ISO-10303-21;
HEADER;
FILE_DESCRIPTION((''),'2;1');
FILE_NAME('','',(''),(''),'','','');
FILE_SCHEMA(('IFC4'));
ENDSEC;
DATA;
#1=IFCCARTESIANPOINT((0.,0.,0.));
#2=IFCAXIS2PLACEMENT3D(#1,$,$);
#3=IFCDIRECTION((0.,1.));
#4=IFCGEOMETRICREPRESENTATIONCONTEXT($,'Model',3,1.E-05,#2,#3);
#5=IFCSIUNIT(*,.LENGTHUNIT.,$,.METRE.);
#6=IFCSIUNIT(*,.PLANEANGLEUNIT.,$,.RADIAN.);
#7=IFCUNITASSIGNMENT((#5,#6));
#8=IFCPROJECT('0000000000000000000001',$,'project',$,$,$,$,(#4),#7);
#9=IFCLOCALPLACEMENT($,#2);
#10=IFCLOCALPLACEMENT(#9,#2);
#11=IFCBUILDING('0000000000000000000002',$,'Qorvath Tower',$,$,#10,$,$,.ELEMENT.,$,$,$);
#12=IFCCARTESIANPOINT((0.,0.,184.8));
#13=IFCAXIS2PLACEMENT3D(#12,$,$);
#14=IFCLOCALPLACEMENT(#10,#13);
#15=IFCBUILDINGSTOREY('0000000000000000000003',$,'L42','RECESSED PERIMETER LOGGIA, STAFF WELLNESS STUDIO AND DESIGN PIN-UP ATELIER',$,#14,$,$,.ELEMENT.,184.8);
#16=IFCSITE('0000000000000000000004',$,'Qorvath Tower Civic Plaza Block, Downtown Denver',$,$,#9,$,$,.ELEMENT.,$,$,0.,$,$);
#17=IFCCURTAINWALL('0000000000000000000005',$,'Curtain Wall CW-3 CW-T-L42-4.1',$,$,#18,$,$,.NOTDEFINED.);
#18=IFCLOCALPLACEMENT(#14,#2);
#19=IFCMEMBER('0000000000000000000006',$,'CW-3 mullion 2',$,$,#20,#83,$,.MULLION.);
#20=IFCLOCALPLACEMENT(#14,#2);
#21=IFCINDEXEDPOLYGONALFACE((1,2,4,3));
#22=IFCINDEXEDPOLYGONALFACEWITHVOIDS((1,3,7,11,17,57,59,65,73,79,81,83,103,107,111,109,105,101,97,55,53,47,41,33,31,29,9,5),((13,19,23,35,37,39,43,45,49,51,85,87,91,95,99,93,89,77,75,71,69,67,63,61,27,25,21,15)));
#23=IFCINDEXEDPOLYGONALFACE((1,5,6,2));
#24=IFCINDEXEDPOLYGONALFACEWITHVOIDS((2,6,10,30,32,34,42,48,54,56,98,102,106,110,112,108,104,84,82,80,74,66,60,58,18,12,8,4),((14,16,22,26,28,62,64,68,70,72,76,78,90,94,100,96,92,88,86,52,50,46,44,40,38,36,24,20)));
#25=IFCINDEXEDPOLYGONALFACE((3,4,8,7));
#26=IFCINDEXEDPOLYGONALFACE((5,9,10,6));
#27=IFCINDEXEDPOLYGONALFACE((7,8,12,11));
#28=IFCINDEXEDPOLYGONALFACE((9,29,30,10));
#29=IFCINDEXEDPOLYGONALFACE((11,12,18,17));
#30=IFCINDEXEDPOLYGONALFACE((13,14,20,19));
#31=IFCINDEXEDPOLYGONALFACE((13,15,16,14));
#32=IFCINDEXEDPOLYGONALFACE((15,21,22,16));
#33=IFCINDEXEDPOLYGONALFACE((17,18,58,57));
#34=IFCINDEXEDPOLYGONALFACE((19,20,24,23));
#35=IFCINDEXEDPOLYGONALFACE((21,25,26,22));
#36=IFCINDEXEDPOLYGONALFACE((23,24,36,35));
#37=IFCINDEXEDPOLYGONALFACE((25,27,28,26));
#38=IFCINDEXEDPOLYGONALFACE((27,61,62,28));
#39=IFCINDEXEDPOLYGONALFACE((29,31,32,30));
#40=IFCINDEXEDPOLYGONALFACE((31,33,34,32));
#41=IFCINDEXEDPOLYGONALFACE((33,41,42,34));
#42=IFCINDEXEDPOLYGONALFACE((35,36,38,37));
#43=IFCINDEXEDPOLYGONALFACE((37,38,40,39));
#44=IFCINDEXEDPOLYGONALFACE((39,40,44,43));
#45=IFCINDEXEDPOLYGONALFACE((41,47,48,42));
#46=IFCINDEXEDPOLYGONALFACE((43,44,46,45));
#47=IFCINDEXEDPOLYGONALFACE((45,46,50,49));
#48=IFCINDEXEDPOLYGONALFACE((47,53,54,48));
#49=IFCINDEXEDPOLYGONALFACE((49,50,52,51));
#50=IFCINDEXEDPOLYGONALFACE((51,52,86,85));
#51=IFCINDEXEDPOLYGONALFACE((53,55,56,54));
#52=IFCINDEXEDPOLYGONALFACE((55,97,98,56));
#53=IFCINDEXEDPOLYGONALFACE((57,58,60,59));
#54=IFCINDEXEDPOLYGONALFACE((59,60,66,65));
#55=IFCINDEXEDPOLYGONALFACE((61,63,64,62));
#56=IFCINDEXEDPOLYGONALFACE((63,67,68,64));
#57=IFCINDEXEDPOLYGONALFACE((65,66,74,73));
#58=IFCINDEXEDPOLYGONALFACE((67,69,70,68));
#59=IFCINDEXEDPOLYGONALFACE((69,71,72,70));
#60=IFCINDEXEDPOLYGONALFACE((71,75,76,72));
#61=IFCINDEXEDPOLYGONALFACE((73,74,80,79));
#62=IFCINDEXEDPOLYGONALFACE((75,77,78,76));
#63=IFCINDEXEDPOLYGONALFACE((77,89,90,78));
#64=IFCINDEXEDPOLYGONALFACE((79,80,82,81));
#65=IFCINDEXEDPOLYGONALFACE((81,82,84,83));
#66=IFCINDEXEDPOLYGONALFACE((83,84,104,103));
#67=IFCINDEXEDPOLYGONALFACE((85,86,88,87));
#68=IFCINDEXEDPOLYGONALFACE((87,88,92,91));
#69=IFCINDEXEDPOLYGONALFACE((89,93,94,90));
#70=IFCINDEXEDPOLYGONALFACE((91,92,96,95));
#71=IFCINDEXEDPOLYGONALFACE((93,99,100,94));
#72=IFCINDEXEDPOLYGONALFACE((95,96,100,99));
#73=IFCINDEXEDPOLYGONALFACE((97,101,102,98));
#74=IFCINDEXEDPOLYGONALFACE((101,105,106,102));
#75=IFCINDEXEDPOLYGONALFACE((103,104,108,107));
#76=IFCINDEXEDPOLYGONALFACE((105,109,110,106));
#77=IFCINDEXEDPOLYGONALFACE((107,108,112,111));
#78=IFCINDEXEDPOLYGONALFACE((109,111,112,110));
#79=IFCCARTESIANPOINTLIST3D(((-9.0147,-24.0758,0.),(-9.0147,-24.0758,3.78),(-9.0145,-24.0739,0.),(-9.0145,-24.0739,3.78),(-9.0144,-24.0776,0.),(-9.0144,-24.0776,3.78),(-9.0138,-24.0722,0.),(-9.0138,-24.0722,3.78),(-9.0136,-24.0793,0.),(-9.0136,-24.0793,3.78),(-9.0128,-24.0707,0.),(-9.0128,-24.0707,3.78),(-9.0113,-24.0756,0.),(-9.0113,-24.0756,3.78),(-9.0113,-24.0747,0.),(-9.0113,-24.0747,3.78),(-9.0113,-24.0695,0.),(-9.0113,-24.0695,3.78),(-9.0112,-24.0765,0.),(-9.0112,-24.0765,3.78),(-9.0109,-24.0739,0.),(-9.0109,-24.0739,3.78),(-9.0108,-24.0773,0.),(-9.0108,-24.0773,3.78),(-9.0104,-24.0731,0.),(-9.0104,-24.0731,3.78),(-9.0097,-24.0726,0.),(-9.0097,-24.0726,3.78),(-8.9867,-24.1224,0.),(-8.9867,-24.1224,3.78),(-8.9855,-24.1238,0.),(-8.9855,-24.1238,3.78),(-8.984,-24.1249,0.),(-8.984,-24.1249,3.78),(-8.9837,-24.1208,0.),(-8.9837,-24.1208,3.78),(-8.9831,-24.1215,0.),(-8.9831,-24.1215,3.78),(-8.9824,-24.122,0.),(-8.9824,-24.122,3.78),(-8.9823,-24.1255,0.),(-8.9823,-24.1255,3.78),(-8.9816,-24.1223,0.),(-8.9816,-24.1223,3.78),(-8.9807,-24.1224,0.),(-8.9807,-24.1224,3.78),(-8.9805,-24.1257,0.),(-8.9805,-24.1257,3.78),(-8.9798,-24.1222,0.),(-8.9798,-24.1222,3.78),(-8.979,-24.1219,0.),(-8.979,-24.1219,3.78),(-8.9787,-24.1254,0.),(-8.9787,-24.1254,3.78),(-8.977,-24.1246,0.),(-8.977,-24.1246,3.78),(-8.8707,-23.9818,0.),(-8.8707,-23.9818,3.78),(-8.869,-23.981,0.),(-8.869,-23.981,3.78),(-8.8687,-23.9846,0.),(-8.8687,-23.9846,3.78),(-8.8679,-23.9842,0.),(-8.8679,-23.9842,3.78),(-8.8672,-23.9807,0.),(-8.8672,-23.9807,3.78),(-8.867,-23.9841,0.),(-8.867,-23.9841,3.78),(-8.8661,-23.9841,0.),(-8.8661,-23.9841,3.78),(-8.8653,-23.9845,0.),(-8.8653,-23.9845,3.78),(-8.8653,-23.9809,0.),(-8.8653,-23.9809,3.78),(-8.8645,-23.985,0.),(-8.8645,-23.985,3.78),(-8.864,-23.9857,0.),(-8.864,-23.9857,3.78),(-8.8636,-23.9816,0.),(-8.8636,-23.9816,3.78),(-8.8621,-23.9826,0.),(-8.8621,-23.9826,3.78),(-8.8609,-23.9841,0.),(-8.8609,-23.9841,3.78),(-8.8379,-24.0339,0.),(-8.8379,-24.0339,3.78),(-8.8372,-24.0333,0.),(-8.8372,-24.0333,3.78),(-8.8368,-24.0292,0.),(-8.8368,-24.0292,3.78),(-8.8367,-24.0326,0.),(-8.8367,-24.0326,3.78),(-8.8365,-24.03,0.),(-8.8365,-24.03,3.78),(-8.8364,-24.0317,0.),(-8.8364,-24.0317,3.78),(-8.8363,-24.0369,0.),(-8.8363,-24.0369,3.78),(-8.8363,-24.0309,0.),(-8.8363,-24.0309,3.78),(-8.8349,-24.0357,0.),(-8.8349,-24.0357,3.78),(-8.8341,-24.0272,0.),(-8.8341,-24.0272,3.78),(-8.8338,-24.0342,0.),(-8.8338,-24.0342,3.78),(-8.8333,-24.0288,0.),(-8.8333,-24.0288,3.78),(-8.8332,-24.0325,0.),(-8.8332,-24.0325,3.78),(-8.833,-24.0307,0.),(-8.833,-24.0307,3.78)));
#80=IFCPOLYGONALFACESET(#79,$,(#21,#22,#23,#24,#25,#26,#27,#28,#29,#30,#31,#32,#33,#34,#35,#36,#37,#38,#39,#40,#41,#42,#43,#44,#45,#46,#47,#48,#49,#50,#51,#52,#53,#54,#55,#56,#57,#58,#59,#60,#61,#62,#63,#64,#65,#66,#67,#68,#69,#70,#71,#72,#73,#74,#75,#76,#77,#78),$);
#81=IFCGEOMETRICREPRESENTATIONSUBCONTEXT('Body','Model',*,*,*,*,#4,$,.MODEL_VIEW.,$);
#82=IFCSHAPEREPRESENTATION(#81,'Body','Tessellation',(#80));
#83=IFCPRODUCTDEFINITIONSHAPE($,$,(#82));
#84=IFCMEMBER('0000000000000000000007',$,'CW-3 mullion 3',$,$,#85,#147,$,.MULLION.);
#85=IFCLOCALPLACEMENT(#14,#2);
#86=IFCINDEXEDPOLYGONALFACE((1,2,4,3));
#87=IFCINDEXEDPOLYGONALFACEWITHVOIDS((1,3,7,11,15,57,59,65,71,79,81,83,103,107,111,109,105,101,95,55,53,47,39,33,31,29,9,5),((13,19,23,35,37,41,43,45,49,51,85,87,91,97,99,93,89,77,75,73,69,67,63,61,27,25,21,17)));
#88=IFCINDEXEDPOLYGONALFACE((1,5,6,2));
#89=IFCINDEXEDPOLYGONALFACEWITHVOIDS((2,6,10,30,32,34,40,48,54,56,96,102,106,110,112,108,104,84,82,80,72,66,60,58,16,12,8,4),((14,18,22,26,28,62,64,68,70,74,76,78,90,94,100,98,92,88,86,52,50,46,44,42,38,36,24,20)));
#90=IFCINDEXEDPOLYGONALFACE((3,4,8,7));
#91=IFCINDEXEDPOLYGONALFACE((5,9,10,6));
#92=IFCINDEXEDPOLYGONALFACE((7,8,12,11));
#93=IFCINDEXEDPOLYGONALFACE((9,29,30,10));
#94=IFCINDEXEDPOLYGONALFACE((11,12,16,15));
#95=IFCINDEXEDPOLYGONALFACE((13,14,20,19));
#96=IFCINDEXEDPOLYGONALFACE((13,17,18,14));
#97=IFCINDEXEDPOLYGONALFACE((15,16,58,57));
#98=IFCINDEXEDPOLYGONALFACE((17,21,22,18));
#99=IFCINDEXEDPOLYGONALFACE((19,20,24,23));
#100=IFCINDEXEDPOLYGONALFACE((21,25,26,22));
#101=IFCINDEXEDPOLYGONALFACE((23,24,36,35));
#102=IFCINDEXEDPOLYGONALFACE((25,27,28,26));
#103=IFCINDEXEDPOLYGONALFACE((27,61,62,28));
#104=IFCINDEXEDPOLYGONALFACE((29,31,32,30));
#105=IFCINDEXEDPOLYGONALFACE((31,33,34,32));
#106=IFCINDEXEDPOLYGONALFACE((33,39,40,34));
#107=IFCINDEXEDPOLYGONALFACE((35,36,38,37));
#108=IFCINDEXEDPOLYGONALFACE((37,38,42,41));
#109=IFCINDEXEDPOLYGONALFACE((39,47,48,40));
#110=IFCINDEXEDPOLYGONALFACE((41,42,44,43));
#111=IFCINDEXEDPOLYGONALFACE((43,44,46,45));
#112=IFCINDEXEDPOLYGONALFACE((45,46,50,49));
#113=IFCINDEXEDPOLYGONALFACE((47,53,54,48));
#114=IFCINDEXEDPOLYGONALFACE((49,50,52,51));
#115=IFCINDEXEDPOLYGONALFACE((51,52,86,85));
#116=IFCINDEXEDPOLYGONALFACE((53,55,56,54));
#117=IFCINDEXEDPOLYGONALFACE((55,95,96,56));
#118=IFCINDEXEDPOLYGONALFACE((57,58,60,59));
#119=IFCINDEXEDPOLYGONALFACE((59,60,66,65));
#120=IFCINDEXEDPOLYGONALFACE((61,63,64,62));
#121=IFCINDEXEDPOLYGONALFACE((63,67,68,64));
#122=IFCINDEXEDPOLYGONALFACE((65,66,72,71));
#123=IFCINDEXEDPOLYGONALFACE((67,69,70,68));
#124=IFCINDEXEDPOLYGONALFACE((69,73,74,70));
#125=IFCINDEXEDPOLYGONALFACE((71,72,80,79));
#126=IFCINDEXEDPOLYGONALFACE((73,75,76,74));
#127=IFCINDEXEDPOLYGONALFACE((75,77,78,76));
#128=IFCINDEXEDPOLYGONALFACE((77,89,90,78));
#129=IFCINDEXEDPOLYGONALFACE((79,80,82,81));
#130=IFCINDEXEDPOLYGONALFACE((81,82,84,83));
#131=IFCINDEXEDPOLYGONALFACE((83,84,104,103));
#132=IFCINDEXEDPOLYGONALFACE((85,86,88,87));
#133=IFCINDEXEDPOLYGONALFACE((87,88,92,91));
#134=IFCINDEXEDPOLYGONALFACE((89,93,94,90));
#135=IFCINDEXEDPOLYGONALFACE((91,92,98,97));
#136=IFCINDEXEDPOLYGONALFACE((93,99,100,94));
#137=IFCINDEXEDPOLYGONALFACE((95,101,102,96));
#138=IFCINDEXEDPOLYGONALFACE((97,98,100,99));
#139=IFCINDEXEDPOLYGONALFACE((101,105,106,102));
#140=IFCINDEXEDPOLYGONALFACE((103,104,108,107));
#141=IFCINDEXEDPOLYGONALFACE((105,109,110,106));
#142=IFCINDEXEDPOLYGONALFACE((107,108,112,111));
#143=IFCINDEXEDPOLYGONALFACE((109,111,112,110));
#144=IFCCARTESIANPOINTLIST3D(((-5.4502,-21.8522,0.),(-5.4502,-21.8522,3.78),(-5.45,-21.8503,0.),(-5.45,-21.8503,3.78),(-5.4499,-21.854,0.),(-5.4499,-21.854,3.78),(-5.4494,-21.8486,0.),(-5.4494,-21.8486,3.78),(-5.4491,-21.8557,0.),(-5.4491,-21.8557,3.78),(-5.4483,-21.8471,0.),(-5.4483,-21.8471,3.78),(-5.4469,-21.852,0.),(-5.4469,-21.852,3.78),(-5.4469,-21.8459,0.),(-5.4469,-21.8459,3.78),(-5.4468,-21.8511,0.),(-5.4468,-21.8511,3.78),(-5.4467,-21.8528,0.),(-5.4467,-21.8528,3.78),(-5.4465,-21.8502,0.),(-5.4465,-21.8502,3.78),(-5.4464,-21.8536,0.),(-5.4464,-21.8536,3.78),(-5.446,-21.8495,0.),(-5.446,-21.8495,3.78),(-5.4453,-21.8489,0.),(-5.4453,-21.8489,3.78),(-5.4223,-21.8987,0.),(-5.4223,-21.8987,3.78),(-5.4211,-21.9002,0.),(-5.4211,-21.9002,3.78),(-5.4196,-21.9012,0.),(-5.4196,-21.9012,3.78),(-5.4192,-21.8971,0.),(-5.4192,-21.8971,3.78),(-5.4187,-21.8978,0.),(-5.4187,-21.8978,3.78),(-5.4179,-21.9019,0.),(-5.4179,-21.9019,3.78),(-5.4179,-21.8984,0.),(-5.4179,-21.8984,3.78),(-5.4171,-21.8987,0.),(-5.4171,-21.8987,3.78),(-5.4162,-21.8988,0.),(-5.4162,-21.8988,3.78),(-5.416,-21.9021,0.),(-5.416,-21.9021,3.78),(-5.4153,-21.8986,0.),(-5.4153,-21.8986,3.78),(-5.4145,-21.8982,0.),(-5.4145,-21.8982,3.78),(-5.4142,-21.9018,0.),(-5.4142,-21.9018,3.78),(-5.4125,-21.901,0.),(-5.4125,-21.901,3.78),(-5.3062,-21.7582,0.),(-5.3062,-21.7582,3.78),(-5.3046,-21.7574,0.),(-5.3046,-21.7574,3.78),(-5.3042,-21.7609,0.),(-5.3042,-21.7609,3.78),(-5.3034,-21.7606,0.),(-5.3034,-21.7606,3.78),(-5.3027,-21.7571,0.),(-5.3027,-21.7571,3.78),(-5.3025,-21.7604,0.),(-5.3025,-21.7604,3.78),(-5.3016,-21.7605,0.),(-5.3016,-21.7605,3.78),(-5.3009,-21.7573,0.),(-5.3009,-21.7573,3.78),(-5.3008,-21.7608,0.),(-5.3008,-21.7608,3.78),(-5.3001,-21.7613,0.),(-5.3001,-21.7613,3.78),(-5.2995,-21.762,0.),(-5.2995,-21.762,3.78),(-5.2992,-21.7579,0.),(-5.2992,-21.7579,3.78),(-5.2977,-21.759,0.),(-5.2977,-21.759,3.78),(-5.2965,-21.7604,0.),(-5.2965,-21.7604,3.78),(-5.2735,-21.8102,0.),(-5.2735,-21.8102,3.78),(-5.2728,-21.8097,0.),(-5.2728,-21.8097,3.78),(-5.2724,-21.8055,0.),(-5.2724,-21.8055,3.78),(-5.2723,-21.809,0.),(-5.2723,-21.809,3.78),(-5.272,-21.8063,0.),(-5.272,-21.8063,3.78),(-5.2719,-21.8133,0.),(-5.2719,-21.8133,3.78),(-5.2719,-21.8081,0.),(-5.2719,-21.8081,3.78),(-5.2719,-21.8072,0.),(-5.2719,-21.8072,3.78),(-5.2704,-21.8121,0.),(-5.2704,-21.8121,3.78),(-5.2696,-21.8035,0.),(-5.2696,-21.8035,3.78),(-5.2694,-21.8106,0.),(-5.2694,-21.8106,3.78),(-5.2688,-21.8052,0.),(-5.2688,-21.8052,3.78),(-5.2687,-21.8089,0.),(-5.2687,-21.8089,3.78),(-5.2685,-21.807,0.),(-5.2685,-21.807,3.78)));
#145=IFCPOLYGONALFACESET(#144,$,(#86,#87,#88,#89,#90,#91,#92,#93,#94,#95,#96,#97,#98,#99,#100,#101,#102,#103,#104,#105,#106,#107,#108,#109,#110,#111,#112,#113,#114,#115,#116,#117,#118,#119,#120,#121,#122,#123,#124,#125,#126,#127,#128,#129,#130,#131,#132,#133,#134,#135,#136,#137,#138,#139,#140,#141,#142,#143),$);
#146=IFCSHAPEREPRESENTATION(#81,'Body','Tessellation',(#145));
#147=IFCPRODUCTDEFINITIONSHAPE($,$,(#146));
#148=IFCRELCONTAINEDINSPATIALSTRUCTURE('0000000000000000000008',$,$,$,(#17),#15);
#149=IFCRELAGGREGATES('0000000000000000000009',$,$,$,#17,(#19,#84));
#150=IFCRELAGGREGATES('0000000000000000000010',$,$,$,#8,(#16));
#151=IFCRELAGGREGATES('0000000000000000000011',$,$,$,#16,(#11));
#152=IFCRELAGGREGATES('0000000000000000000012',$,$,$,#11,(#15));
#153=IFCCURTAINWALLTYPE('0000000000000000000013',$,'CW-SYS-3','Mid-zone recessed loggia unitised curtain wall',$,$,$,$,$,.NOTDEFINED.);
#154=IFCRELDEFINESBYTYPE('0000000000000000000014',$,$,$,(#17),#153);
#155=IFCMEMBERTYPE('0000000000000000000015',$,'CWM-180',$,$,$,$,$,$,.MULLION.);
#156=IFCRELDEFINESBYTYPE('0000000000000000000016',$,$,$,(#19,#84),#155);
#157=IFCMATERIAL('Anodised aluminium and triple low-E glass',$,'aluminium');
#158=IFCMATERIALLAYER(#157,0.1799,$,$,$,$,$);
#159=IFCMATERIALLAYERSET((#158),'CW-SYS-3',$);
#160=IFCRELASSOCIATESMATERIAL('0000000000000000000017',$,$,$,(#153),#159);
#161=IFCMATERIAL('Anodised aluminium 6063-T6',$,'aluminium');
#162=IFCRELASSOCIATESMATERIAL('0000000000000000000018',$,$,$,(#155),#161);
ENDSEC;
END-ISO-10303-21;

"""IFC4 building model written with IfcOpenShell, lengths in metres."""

from ifc_helpers import new_model, si_unit, direction, frame, origin, origin_2d, place, context, subcontext, project, spatial, hollow_rectangle, extrude, material, layer, layer_set, material_profile, profile_set, type_object, element, aggregate, save


model = new_model("IFC4")

# Units and contexts
model_context = context("Model", 3, precision=1e-05, world=origin(), true_north=direction((0.0, 1.0)))
body_context = subcontext(model_context, "Body", "Model", "MODEL_VIEW")
ifc_project = project(units=[si_unit("LENGTHUNIT", "METRE"), si_unit("PLANEANGLEUNIT", "RADIAN")], contexts=[model_context])

# Site, building, storey
site_placement = place(None, origin())
site = spatial("IfcSite", under=ifc_project, at=site_placement, Name="Qorvath Tower Civic Plaza Block, Downtown Denver", CompositionType="ELEMENT", RefElevation=0.0)
building_placement = place(site_placement, origin())
building = spatial("IfcBuilding", under=site, at=building_placement, Name="Qorvath Tower", CompositionType="ELEMENT")
storey_placement = place(building_placement, frame((0.0, 0.0, 184.8)))
storey = spatial("IfcBuildingStorey", under=building, at=storey_placement, Name="L42", Description="RECESSED PERIMETER LOGGIA, STAFF WELLNESS STUDIO AND DESIGN PIN-UP ATELIER", CompositionType="ELEMENT", Elevation=184.8)

# Shared definitions
ifc_material_1 = material(Name="Anodised aluminium and triple low-E glass", Category="aluminium")
ifc_layer_1 = layer(ifc_material_1, 0.1799)
ifc_layer_set_1 = layer_set([ifc_layer_1], Name="CW-SYS-3")
curtain_wall_type = type_object("IfcCurtainWallType", Name="CW-SYS-3", Description="Mid-zone recessed loggia unitised curtain wall", PredefinedType="NOTDEFINED", material=ifc_layer_set_1)
ifc_material_2 = material(Name="Anodised aluminium 6063-T6", Category="aluminium")
ifc_material_profile_1 = material_profile(ifc_material_2, hollow_rectangle(XDim=0.0649, YDim=0.1799, WallThickness=0.0034, InnerFilletRadius=0.0034, OuterFilletRadius=0.0071, at=origin_2d()), Name="CWM 180x65")
ifc_profile_set_1 = profile_set([ifc_material_profile_1], Name="Anodised aluminium 6063-T6")
member_type_1 = type_object("IfcMemberType", Name="CWM-180", PredefinedType="MULLION", material=ifc_profile_set_1)

# Curtain wall, members
curtain_wall_1_placement = place(storey_placement, origin())
curtain_wall_1 = element("IfcCurtainWall", 1, at=curtain_wall_1_placement, inside=storey, type_object=curtain_wall_type, Name="Curtain Wall CW-3 CW-T-L42-4.1", PredefinedType="NOTDEFINED")
member_1_placement = place(storey_placement, frame((-8.9238, -24.0532, 0.0), z_axis=(0.0, 0.0, 1.0), x_axis=(-0.529252, 0.848464, 0.0)))
member_1 = element("IfcMember", 2, at=member_1_placement, type_object=member_type_1, Name="CW-3 mullion 2", PredefinedType="MULLION", context=body_context, shape_type="SweptSolid", body=[
    extrude(hollow_rectangle(XDim=0.0649, YDim=0.1799, WallThickness=0.0034, InnerFilletRadius=0.0034, OuterFilletRadius=0.0071, at=origin_2d()), origin(), (0.0, 0.0, 1.0), 3.78),
])
member_2_placement = place(storey_placement, frame((-5.3594, -21.8296, 0.0), z_axis=(0.0, 0.0, 1.0), x_axis=(-0.529252, 0.848464, 0.0)))
member_2 = element("IfcMember", 3, at=member_2_placement, type_object=member_type_1, Name="CW-3 mullion 3", PredefinedType="MULLION", context=body_context, shape_type="SweptSolid", body=[
    extrude(hollow_rectangle(XDim=0.0649, YDim=0.1799, WallThickness=0.0034, InnerFilletRadius=0.0034, OuterFilletRadius=0.0071, at=origin_2d()), origin(), (0.0, 0.0, 1.0), 3.78),
])

aggregate(curtain_wall_1, [member_1, member_2])

save(model, "model.ifc")
